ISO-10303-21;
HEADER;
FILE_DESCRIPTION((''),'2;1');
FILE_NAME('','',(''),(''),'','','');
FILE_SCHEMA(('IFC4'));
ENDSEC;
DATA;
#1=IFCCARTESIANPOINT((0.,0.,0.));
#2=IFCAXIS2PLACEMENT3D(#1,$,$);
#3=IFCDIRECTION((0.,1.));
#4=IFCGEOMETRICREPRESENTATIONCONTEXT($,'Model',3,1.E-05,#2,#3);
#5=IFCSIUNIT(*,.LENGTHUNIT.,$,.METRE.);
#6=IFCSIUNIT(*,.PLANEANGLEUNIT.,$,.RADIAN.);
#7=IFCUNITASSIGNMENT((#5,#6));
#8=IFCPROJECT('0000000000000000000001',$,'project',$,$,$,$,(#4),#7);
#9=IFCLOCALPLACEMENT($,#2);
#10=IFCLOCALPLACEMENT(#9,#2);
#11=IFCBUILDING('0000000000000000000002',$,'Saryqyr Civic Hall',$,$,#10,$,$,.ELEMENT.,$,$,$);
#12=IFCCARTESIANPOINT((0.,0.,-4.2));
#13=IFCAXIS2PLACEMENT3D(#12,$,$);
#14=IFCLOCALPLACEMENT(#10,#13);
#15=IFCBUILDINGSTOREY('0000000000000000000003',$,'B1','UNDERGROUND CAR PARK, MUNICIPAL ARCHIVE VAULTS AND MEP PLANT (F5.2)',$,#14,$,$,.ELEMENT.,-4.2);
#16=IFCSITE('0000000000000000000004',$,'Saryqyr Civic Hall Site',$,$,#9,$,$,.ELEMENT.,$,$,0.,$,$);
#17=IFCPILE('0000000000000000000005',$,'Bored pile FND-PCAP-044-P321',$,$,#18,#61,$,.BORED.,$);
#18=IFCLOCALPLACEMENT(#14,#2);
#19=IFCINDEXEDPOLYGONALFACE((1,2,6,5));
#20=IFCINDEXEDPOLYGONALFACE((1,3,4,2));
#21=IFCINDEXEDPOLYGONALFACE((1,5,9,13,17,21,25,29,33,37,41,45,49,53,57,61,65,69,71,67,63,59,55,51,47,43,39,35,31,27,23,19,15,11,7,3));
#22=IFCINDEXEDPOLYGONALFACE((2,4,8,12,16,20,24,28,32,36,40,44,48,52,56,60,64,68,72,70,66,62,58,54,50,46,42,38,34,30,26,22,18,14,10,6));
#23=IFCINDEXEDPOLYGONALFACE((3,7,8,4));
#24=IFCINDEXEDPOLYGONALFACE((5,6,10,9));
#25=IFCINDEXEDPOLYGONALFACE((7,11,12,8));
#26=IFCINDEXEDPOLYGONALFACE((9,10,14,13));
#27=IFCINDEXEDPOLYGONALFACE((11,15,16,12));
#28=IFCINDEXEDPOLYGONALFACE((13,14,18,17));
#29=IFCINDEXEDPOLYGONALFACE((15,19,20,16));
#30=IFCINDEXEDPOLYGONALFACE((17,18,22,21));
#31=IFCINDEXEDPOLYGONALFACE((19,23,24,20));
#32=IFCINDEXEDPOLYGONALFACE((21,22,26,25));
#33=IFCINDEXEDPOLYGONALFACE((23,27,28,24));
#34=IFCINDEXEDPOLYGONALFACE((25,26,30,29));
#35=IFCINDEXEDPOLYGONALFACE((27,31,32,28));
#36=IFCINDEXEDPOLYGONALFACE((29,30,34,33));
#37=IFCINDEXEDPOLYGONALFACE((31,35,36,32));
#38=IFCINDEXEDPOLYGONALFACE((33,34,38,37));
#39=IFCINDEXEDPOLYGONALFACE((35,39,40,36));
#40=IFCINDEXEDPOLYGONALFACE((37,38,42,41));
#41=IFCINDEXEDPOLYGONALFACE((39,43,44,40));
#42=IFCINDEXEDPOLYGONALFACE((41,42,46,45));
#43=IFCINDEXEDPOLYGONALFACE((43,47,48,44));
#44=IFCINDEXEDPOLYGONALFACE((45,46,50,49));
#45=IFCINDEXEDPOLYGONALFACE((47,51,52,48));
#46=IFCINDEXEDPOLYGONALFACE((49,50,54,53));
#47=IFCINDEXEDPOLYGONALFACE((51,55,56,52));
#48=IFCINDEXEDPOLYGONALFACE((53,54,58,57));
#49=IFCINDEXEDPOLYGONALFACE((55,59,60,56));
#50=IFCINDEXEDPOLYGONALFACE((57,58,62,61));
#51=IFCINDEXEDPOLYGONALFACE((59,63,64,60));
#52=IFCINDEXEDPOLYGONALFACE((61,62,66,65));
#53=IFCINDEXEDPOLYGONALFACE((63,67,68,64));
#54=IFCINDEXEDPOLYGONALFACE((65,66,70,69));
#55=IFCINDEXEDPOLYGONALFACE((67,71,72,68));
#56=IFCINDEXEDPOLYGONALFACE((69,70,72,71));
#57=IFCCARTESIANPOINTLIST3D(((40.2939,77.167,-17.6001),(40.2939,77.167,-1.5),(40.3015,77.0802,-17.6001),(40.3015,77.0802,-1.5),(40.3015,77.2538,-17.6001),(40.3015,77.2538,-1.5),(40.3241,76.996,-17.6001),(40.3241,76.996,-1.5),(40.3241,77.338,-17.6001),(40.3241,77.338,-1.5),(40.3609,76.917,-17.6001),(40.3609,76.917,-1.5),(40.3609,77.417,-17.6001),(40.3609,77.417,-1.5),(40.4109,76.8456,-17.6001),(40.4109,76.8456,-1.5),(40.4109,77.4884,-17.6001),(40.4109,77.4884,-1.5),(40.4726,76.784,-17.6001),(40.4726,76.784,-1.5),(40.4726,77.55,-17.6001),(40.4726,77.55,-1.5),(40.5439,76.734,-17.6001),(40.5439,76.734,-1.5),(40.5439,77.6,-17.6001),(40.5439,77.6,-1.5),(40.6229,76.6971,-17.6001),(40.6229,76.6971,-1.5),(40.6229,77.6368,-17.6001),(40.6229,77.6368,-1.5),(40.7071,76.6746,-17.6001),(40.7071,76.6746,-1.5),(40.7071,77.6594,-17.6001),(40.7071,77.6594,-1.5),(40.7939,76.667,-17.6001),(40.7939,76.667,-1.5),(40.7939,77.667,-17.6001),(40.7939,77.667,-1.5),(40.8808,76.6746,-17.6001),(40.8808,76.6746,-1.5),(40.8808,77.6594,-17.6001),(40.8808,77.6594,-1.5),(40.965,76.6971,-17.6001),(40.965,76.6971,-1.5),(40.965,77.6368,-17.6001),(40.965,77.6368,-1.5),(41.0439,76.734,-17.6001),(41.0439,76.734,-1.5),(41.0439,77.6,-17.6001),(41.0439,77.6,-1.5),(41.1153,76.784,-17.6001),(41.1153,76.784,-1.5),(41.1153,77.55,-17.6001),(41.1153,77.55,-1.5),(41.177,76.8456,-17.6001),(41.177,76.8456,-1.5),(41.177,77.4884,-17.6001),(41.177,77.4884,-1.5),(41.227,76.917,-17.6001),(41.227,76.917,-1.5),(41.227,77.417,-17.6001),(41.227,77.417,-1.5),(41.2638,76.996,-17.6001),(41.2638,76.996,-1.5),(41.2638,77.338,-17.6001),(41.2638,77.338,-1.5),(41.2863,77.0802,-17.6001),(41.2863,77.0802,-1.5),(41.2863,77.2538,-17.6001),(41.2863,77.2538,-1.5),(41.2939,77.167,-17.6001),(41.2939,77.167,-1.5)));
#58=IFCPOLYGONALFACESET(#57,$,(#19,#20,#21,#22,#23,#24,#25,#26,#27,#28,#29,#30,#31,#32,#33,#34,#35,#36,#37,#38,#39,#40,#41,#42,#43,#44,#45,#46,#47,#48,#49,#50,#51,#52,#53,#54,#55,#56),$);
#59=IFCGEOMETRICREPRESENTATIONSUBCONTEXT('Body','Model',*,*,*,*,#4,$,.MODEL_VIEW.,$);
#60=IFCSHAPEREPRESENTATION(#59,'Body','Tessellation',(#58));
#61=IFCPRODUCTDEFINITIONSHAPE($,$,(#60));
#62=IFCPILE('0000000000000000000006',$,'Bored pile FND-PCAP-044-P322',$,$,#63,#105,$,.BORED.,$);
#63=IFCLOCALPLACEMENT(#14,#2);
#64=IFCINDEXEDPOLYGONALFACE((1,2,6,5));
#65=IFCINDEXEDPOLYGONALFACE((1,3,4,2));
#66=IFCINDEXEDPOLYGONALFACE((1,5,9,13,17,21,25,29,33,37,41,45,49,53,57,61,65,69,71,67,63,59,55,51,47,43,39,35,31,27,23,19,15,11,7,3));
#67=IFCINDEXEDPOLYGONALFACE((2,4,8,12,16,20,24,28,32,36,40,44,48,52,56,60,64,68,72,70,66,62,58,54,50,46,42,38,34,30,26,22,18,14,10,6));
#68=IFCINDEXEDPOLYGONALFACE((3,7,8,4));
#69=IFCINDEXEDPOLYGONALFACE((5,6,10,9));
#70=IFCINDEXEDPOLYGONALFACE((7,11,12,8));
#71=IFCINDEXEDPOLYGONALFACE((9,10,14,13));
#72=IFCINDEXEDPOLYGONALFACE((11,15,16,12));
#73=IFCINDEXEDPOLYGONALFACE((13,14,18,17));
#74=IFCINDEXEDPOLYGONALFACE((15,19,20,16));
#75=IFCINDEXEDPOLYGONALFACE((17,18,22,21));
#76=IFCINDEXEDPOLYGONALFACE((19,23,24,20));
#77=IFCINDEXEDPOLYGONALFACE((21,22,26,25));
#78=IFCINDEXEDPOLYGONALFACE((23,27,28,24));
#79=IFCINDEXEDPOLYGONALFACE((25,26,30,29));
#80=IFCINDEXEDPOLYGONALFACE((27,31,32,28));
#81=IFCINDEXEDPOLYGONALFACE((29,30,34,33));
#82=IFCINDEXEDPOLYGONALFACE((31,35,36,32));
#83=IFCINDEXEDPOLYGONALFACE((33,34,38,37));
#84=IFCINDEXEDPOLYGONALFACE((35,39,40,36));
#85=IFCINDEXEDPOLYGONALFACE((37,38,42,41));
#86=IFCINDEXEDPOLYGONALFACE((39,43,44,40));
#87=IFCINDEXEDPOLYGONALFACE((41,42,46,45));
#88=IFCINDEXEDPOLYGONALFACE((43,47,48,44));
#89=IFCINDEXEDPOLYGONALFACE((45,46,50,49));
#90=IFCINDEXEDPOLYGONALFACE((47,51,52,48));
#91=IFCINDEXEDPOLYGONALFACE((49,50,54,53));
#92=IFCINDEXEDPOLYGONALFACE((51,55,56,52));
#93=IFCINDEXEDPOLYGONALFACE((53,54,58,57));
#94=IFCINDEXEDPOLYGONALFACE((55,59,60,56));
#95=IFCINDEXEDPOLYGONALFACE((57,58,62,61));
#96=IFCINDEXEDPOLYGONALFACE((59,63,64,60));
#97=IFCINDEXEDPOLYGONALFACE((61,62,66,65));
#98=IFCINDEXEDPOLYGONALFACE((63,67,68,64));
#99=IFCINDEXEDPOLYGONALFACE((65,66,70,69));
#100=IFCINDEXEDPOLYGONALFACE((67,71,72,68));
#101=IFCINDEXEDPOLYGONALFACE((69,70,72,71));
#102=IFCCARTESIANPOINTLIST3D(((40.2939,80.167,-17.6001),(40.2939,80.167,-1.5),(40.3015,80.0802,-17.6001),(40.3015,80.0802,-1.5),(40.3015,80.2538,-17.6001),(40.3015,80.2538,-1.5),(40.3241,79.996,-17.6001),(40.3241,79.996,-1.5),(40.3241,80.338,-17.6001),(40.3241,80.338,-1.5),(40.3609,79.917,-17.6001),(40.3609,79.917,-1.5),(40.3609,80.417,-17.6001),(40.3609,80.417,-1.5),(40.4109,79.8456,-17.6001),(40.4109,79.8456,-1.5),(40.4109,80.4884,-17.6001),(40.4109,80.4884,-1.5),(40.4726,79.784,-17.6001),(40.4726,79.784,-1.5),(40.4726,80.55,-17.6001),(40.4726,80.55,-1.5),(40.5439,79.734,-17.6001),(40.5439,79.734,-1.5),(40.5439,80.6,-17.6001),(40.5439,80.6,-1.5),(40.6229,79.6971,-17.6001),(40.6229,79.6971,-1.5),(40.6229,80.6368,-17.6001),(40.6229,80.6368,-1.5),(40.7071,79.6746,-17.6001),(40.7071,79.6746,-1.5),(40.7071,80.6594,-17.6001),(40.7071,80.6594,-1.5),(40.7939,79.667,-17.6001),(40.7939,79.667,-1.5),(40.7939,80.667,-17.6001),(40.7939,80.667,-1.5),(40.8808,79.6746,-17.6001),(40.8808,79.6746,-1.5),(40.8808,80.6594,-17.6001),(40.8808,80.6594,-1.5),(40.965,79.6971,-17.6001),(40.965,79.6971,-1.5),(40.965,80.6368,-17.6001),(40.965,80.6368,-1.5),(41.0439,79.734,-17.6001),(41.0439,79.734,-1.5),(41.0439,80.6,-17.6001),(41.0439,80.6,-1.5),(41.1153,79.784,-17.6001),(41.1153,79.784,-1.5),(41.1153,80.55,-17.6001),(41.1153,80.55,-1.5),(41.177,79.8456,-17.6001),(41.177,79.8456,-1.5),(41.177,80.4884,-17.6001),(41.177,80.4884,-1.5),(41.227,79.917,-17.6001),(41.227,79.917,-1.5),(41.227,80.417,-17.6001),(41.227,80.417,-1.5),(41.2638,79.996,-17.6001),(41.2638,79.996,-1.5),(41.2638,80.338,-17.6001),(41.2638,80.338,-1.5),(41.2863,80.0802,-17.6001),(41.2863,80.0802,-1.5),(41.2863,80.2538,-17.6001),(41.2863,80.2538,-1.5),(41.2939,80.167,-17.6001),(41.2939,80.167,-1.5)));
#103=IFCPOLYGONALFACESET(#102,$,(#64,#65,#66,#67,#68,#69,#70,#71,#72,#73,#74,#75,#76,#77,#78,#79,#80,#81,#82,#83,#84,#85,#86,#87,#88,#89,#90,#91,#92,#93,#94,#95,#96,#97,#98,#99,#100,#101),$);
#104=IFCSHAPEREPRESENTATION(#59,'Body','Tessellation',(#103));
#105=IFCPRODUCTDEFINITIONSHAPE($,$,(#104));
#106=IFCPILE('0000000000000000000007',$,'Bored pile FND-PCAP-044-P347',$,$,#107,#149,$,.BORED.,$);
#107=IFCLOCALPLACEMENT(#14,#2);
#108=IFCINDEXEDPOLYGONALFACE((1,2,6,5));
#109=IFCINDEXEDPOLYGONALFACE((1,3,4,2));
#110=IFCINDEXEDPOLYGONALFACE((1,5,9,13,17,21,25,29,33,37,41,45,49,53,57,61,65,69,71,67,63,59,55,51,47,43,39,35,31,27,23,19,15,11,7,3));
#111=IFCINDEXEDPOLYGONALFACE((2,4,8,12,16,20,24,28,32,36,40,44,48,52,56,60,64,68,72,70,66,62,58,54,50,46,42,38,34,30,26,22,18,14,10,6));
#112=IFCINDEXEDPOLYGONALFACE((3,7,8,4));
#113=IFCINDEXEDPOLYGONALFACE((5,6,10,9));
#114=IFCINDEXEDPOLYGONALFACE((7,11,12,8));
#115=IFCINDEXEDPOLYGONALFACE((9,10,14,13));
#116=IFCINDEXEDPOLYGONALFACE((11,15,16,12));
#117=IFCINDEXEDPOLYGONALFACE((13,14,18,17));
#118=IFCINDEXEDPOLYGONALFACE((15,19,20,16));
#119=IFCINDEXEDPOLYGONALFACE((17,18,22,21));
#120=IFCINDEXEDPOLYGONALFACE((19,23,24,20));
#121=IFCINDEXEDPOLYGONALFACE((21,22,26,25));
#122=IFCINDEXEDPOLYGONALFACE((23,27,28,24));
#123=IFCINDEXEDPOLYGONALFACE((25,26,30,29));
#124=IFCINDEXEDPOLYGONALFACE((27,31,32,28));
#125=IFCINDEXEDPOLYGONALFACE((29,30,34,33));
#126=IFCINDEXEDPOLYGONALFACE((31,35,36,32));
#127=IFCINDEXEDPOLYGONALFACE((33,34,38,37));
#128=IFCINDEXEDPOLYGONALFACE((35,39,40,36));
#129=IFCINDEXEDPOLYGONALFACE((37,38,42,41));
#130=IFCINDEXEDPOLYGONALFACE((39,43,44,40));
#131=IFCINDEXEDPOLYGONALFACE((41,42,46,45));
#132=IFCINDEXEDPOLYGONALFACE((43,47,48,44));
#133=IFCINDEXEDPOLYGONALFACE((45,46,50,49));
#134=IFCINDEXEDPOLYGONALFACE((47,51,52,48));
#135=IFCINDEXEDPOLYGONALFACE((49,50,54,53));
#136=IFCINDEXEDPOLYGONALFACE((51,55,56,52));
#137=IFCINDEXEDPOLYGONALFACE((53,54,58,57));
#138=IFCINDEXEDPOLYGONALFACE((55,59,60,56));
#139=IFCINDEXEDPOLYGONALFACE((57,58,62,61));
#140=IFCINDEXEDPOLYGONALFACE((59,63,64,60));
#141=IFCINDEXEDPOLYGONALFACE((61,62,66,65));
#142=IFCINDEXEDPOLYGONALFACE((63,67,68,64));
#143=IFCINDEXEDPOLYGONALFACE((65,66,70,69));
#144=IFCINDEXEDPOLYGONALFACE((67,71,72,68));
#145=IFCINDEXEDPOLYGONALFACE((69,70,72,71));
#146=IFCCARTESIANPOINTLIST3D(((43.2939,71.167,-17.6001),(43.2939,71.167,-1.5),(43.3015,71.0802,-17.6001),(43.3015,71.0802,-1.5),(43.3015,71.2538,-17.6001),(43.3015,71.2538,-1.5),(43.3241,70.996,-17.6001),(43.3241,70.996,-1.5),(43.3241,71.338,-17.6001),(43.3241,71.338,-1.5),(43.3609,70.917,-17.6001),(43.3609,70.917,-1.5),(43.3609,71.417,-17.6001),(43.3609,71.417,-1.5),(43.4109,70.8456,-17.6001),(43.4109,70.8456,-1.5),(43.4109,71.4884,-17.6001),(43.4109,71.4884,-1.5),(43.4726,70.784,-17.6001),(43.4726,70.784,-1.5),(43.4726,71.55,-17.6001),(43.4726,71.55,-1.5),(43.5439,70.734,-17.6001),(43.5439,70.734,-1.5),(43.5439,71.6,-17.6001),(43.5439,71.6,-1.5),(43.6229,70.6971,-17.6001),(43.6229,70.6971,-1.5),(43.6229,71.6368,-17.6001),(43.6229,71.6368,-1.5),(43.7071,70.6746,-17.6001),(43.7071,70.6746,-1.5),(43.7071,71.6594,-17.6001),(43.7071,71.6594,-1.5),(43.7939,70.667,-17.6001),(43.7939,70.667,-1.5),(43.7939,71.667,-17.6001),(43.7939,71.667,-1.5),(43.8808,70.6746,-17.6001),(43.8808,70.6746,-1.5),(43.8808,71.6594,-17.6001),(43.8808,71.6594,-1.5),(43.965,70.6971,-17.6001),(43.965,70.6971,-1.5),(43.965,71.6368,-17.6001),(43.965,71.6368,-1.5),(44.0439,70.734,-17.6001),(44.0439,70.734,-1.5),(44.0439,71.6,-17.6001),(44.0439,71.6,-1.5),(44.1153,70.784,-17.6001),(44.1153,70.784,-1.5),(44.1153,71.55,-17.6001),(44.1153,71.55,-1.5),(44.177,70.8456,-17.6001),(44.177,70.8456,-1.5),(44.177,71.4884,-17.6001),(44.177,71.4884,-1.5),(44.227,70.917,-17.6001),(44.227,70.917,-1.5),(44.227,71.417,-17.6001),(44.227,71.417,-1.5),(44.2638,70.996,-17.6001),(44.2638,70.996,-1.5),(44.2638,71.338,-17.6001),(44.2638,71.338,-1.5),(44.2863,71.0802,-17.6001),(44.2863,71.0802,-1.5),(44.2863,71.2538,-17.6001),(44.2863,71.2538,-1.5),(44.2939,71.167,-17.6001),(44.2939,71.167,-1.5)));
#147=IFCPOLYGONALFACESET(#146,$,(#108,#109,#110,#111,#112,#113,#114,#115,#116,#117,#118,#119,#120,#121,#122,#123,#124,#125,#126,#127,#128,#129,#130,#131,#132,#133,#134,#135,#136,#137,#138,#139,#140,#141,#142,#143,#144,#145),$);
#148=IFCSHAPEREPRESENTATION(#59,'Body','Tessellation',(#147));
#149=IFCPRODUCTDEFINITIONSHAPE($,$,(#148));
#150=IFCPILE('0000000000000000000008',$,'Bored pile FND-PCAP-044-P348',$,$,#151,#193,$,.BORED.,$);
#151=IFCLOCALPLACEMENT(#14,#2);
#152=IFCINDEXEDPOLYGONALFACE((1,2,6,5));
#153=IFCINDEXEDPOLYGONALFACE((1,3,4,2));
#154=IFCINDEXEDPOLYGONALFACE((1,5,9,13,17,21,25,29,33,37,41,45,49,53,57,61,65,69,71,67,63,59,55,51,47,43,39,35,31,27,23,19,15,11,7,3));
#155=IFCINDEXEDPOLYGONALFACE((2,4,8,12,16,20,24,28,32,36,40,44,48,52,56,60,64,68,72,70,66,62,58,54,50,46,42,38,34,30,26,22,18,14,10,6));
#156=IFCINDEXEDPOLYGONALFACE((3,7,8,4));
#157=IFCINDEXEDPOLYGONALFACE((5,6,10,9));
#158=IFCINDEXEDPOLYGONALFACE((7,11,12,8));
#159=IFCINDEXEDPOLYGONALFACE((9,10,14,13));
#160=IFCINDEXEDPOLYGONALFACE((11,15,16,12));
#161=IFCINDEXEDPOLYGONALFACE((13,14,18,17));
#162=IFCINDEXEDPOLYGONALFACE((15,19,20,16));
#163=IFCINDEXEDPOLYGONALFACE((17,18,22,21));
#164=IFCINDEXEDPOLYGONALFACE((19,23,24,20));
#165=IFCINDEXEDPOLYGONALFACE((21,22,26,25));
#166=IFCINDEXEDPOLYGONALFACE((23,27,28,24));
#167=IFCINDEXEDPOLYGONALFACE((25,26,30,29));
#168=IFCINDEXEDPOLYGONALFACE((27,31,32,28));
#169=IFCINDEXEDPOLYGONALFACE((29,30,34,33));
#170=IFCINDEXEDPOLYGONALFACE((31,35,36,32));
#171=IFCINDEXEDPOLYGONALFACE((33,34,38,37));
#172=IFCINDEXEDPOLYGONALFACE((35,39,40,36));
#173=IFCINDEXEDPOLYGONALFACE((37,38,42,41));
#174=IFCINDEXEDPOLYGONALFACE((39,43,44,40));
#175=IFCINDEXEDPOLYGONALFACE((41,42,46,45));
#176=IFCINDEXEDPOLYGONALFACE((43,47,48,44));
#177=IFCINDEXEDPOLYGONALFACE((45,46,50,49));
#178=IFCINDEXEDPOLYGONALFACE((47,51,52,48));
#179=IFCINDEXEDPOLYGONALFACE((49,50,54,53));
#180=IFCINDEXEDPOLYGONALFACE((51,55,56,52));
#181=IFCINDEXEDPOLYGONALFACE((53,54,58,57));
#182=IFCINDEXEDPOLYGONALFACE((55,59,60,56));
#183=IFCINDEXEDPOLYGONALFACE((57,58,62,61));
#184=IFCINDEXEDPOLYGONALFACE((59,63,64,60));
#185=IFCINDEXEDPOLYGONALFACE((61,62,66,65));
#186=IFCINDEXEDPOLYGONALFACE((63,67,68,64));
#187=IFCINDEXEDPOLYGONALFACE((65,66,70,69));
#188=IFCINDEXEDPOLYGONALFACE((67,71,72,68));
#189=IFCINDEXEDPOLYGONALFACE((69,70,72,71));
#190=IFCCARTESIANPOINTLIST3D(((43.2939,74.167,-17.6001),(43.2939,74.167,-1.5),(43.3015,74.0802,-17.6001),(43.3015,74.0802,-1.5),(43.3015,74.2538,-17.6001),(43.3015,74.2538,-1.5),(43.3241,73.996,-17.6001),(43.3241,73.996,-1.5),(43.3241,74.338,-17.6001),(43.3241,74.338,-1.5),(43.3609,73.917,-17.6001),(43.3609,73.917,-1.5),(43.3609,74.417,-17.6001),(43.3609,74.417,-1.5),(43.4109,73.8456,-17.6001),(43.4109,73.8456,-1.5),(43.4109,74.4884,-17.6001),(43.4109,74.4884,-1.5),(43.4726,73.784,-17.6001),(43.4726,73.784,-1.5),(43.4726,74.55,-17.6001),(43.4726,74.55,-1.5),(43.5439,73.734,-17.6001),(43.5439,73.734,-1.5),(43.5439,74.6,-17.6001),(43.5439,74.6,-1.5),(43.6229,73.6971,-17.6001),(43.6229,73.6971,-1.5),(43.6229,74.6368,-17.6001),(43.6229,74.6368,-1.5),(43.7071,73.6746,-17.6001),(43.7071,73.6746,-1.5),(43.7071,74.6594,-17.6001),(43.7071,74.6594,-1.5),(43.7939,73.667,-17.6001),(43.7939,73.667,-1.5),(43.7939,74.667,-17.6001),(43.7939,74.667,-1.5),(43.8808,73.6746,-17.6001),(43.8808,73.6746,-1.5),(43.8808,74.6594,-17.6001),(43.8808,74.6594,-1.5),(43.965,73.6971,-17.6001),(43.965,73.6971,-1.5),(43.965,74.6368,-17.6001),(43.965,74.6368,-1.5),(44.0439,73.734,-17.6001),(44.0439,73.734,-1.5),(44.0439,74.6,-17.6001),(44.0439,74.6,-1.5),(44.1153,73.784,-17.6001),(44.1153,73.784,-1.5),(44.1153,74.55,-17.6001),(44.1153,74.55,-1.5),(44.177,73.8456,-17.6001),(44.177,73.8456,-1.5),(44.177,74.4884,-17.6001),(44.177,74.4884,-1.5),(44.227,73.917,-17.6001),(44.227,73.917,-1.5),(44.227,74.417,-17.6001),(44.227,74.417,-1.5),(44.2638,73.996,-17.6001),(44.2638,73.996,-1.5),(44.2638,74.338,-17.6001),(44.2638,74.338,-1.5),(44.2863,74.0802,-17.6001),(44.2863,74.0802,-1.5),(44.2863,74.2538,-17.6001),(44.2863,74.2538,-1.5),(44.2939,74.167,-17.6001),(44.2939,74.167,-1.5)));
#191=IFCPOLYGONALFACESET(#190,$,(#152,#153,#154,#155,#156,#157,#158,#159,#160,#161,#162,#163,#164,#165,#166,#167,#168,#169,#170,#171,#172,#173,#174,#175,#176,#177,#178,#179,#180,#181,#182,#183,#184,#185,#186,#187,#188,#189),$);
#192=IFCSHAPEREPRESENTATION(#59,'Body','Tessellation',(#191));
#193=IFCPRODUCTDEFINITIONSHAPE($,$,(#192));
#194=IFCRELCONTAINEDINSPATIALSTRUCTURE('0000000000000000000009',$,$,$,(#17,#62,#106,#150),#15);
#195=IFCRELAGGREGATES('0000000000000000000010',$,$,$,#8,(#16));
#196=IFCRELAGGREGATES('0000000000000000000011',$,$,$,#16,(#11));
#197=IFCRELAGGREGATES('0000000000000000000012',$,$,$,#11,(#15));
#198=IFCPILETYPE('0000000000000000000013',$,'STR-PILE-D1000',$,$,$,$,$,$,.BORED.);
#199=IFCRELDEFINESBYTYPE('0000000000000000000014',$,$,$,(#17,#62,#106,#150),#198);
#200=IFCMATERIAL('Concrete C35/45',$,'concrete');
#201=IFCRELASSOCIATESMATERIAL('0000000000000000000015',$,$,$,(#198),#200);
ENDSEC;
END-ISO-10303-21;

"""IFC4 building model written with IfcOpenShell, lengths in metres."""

from ifc_helpers import new_model, si_unit, direction, frame, origin, origin_2d, place, context, subcontext, project, spatial, circle, extrude, material, material_profile, profile_set, type_object, element, save


model = new_model("IFC4")

# Units and contexts
model_context = context("Model", 3, precision=1e-05, world=origin(), true_north=direction((0.0, 1.0)))
body_context = subcontext(model_context, "Body", "Model", "MODEL_VIEW")
ifc_project = project(units=[si_unit("LENGTHUNIT", "METRE"), si_unit("PLANEANGLEUNIT", "RADIAN")], contexts=[model_context])

# Site, building, storey
site_placement = place(None, origin())
site = spatial("IfcSite", under=ifc_project, at=site_placement, Name="Saryqyr Civic Hall Site", CompositionType="ELEMENT", RefElevation=0.0)
building_placement = place(site_placement, origin())
building = spatial("IfcBuilding", under=site, at=building_placement, Name="Saryqyr Civic Hall", CompositionType="ELEMENT")
storey_placement = place(building_placement, frame((0.0, 0.0, -4.2)))
storey = spatial("IfcBuildingStorey", under=building, at=storey_placement, Name="B1", Description="UNDERGROUND CAR PARK, MUNICIPAL ARCHIVE VAULTS AND MEP PLANT (F5.2)", CompositionType="ELEMENT", Elevation=-4.2)

# Piles
ifc_material_1 = material(Name="Concrete C35/45", Category="concrete")
ifc_material_profile_1 = material_profile(ifc_material_1, circle(Radius=0.5, at=origin_2d()), Name="BORED PILE D1000")
ifc_profile_set_1 = profile_set([ifc_material_profile_1], Name="Concrete C35/45")
pile_type = type_object("IfcPileType", Name="STR-PILE-D1000", PredefinedType="BORED", material=ifc_profile_set_1)
for number, where, z_axis, x_axis, name in (
    (1, (40.7939, 77.167, -1.5), (0.0, 0.0, -1.0), (1.0, 0.0, 0.0), "Bored pile FND-PCAP-044-P321"),
    (2, (40.7939, 80.167, -1.5), (0.0, 0.0, -1.0), (1.0, 0.0, 0.0), "Bored pile FND-PCAP-044-P322"),
    (3, (43.7939, 71.167, -1.5), (0.0, 0.0, -1.0), (1.0, 0.0, 0.0), "Bored pile FND-PCAP-044-P347"),
    (4, (43.7939, 74.167, -1.5), (0.0, 0.0, -1.0), (1.0, 0.0, 0.0), "Bored pile FND-PCAP-044-P348"),
):
    element("IfcPile", number, at=place(storey_placement, frame(where, z_axis=z_axis, x_axis=x_axis)), inside=storey, type_object=pile_type, Name=name, PredefinedType="BORED", context=body_context, shape_type="SweptSolid", body=[
        extrude(circle(Radius=0.5, at=origin_2d()), origin(), (0.0, 0.0, 1.0), 16.1001),
    ])

save(model, "model.ifc")
